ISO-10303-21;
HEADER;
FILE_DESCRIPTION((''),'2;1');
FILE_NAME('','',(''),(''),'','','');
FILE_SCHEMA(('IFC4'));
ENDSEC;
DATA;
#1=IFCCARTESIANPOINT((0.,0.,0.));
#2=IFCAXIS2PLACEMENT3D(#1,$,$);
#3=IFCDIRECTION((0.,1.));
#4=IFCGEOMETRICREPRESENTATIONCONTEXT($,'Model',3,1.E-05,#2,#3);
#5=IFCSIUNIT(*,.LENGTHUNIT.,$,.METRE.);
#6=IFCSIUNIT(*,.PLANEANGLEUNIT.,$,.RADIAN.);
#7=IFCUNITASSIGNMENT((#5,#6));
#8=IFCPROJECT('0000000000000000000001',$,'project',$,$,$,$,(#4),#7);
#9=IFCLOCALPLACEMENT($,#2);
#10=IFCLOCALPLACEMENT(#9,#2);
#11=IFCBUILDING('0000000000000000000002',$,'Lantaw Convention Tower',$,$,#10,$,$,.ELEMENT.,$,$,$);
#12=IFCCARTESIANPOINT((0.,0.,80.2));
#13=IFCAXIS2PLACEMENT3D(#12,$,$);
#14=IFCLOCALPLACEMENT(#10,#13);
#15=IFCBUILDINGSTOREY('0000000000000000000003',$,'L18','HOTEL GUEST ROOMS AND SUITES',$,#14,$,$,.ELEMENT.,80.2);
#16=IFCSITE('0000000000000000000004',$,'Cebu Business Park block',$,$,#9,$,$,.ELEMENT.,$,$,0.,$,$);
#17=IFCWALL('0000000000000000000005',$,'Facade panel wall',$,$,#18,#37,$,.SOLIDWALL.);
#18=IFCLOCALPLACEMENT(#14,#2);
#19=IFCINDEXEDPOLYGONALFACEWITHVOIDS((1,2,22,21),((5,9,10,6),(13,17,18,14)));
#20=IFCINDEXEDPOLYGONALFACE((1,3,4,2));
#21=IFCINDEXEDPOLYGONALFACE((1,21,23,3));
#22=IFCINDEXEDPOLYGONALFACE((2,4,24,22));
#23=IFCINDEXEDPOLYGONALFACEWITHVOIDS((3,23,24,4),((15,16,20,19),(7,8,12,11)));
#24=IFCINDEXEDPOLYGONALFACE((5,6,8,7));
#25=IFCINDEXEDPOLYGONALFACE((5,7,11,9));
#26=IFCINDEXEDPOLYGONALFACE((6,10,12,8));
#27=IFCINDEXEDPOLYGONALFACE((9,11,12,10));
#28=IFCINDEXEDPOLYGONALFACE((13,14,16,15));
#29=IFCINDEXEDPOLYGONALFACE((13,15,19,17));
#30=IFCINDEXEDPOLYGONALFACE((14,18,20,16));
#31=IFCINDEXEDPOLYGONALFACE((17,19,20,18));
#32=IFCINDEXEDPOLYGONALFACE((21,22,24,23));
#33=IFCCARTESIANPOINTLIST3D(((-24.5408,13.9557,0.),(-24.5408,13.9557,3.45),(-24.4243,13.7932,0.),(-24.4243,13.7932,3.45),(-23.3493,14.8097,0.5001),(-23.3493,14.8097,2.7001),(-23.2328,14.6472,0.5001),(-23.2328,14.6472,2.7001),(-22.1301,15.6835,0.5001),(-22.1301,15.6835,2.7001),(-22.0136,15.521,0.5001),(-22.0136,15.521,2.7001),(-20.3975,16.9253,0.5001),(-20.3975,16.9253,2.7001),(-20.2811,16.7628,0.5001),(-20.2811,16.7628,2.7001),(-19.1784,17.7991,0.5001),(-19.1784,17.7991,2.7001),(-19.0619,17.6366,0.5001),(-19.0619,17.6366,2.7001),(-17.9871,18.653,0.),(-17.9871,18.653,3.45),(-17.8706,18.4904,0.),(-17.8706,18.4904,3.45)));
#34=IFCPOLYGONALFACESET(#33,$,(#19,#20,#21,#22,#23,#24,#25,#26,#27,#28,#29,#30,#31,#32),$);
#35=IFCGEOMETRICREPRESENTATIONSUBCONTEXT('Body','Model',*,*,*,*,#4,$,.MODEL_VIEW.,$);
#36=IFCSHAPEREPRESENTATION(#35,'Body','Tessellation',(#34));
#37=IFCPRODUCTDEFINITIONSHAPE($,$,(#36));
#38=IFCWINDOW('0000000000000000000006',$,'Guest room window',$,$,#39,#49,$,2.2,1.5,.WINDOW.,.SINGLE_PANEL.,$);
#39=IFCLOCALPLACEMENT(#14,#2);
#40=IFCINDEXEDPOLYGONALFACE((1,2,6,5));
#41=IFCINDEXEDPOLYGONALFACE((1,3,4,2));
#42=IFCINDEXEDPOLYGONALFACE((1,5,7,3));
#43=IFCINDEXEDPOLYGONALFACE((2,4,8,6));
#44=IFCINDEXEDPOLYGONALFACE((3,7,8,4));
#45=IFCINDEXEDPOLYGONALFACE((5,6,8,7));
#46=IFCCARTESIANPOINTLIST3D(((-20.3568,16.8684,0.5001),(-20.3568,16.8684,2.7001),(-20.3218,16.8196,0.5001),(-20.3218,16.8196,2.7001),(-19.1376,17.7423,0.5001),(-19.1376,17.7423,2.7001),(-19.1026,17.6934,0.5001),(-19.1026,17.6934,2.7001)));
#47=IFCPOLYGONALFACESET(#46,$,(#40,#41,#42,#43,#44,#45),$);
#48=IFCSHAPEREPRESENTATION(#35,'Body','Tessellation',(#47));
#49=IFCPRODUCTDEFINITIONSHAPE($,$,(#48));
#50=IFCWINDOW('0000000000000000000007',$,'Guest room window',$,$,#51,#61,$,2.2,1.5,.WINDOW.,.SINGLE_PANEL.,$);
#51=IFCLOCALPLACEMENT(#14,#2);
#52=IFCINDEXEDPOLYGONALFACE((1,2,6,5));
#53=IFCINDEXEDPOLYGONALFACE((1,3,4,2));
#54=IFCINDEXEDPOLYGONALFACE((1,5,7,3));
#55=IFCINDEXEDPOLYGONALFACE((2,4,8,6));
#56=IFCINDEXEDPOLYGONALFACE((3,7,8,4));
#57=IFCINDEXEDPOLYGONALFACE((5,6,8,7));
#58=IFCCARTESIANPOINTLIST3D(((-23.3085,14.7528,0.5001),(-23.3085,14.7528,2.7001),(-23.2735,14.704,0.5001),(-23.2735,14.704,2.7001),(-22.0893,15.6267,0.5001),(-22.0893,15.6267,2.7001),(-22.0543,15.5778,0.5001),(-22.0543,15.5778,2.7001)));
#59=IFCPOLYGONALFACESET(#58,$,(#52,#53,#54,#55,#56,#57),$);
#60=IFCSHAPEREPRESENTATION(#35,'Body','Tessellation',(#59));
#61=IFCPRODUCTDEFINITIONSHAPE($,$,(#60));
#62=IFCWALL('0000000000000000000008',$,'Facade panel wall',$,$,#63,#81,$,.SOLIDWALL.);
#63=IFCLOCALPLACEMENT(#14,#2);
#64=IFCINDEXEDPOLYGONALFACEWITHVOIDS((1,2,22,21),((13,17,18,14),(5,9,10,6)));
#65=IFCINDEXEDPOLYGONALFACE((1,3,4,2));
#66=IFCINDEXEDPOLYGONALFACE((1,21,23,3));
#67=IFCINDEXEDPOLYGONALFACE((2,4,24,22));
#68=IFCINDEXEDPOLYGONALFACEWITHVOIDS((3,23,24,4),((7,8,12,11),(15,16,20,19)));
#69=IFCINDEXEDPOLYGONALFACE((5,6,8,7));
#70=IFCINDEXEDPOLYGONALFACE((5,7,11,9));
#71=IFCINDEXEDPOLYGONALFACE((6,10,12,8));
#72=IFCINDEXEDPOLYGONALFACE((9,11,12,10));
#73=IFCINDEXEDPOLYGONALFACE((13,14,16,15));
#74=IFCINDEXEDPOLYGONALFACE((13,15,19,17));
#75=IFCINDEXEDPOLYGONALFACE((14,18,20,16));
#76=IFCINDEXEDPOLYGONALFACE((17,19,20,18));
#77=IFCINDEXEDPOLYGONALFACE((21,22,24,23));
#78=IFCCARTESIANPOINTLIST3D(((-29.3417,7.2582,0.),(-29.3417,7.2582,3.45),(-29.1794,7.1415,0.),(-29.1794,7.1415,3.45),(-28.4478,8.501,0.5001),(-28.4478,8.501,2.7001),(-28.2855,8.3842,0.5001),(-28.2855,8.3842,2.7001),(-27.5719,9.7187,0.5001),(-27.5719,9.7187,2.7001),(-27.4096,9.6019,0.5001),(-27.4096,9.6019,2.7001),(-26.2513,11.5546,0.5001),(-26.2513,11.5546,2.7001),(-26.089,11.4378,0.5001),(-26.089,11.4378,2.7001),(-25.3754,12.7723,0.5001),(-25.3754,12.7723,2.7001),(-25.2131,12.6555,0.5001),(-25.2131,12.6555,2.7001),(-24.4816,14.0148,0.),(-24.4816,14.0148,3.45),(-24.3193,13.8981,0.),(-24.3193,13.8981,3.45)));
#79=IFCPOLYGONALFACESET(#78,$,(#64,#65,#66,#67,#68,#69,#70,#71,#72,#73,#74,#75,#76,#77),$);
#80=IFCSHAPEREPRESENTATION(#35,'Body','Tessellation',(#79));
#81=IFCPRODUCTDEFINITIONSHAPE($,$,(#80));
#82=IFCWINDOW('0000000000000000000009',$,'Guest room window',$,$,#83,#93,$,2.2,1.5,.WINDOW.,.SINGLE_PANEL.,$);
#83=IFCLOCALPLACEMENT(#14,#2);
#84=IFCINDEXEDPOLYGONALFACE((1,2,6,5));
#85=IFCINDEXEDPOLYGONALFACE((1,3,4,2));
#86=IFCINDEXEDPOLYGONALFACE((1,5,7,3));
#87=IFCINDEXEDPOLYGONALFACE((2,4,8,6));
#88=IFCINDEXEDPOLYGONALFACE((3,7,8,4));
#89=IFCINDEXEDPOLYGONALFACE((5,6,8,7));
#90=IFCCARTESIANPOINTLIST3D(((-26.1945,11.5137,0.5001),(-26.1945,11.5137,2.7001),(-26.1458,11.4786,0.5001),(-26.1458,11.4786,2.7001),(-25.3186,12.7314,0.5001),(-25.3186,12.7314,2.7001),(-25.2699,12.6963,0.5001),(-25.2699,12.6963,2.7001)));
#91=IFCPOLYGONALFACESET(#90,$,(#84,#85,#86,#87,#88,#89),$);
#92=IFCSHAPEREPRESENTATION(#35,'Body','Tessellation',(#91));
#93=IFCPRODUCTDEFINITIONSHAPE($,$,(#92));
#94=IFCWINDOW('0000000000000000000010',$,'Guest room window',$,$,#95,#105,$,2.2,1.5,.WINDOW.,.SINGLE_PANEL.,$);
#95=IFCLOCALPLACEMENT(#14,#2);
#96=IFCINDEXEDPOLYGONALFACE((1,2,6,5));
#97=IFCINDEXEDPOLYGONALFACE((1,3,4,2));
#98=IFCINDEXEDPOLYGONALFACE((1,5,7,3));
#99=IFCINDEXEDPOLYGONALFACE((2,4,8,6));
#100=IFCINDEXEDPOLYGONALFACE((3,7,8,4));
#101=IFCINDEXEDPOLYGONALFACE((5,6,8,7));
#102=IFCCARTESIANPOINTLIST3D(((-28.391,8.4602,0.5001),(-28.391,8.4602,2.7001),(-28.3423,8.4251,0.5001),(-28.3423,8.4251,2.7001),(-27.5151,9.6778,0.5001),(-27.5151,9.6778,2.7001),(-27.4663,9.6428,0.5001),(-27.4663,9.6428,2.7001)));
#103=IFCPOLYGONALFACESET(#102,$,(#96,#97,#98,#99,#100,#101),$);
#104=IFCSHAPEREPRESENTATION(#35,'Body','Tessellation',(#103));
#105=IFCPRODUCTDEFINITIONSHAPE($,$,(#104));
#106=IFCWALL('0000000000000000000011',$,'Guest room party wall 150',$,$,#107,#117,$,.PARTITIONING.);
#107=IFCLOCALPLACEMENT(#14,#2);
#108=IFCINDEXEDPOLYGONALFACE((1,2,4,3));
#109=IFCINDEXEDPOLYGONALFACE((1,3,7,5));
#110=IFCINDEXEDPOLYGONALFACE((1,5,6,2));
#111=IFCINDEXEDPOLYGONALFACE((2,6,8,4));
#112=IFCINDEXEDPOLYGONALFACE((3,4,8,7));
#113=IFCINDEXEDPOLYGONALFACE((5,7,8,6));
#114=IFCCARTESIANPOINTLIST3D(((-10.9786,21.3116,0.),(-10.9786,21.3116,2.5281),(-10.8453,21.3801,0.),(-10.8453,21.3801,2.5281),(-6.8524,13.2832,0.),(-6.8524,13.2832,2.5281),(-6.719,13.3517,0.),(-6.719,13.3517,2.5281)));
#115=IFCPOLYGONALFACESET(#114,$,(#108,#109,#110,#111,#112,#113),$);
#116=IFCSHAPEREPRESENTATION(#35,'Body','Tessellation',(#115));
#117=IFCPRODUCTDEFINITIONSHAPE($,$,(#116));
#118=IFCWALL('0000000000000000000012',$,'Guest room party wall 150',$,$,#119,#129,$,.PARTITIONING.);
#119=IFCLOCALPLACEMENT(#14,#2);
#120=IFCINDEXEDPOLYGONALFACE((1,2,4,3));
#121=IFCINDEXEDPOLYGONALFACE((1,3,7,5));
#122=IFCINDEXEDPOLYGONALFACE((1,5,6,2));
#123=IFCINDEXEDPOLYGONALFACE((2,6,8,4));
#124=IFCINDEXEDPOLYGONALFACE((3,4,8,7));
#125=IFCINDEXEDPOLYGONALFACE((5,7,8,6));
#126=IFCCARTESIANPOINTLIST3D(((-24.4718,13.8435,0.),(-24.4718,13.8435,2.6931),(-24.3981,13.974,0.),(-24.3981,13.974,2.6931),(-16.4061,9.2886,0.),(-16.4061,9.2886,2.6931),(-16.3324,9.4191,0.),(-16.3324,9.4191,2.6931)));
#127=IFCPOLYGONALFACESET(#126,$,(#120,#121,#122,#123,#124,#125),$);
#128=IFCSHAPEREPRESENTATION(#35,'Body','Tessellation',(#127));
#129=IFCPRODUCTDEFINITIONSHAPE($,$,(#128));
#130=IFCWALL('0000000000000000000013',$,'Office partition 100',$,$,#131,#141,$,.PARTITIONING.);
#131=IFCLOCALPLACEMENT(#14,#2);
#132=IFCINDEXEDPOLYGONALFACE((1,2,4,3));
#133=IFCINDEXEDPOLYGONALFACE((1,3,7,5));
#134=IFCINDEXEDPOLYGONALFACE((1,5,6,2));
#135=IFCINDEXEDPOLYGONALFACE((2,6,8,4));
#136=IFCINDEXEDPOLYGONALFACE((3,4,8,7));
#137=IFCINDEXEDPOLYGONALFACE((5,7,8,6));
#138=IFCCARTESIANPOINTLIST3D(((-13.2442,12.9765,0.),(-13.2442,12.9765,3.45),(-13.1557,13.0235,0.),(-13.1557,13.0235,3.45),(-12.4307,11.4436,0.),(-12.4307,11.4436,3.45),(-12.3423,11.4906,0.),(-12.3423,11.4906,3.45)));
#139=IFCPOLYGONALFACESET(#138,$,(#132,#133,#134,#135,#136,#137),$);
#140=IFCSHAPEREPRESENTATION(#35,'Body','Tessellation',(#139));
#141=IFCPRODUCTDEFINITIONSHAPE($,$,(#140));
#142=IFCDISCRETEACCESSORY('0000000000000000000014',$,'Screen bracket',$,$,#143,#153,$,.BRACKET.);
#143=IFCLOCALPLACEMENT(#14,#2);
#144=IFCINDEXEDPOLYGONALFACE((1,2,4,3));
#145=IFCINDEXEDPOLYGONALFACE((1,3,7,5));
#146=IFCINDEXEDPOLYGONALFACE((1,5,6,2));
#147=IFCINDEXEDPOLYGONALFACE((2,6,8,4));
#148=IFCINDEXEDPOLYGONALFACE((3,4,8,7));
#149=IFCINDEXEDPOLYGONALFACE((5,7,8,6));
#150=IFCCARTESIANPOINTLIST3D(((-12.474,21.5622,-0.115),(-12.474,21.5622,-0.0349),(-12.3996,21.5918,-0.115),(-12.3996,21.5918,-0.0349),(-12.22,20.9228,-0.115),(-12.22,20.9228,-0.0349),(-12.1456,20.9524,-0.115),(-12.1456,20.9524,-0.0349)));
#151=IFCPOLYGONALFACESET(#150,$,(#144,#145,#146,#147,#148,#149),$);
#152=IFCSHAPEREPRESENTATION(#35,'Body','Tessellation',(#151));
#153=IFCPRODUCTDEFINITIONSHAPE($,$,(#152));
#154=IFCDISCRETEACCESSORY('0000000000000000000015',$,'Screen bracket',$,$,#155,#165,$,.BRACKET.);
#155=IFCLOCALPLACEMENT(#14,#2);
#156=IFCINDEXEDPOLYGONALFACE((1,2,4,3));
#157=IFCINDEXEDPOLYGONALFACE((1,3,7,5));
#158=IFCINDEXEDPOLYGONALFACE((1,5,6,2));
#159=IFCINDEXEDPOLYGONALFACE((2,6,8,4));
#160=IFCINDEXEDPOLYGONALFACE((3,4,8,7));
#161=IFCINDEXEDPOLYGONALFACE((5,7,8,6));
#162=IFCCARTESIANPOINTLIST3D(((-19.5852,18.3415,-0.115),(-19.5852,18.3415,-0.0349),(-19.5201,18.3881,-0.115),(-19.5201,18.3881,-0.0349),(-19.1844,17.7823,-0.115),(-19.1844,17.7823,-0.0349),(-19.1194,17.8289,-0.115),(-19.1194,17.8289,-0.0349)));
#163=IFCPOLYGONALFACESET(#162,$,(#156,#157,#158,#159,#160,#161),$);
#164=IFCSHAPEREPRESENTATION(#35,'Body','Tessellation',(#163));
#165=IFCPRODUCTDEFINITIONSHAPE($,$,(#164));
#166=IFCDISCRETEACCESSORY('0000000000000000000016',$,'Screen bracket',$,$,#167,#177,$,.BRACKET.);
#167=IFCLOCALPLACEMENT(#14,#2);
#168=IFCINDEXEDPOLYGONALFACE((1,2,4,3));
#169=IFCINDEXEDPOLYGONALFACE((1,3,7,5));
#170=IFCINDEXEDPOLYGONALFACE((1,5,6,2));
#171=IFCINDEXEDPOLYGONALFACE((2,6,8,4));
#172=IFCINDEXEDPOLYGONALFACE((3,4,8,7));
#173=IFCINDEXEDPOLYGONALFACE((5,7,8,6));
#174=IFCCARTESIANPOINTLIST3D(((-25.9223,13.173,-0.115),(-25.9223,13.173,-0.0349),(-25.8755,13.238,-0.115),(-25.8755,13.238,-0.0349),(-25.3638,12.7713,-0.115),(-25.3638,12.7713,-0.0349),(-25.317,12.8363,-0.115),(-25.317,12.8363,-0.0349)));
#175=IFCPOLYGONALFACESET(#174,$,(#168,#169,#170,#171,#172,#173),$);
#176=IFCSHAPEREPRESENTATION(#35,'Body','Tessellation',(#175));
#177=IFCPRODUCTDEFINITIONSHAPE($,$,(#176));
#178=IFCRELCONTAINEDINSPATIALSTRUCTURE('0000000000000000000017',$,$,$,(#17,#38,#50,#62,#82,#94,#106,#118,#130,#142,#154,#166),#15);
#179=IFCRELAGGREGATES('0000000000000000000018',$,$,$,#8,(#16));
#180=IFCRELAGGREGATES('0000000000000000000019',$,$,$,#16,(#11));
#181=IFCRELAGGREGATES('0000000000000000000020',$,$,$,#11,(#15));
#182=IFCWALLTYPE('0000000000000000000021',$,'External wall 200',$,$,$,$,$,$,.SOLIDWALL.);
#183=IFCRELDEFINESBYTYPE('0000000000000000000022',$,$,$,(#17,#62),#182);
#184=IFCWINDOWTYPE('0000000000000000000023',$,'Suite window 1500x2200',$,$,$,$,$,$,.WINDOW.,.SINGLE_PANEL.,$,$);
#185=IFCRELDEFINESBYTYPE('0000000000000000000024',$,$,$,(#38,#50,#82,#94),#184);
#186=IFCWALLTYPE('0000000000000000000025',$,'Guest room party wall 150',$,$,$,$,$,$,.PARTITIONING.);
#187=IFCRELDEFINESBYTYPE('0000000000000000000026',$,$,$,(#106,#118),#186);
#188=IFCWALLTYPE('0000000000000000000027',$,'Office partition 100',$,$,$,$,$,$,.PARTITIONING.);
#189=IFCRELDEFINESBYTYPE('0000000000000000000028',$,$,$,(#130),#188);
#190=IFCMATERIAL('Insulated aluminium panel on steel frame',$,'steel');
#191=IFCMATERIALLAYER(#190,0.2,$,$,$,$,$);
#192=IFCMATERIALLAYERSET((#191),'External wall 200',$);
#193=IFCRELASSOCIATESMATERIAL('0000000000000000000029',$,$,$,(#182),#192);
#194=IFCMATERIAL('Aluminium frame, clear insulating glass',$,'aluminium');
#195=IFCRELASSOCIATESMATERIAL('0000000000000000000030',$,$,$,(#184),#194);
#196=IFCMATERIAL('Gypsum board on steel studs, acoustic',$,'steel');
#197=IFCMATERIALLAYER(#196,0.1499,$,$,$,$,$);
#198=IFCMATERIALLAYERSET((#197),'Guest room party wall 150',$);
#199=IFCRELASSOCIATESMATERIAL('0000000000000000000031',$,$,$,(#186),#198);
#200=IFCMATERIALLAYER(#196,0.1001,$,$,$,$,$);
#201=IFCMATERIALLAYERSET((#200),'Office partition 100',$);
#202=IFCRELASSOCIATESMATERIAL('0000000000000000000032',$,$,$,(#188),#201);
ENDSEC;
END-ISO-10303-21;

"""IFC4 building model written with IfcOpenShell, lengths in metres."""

from ifc_helpers import new_model, si_unit, direction, frame, frame_2d, origin, origin_2d, place, context, subcontext, project, spatial, rectangle, extrude, material, layer, layer_set, type_object, element, fill, save


model = new_model("IFC4")

# Units and contexts
model_context = context("Model", 3, precision=1e-05, world=origin(), true_north=direction((0.0, 1.0)))
body_context = subcontext(model_context, "Body", "Model", "MODEL_VIEW")
ifc_project = project(units=[si_unit("LENGTHUNIT", "METRE"), si_unit("PLANEANGLEUNIT", "RADIAN")], contexts=[model_context])

# Site, building, storey
site_placement = place(None, origin())
site = spatial("IfcSite", under=ifc_project, at=site_placement, Name="Cebu Business Park block", CompositionType="ELEMENT", RefElevation=0.0)
building_placement = place(site_placement, origin())
building = spatial("IfcBuilding", under=site, at=building_placement, Name="Lantaw Convention Tower", CompositionType="ELEMENT")
storey_placement = place(building_placement, frame((0.0, 0.0, 80.2)))
storey = spatial("IfcBuildingStorey", under=building, at=storey_placement, Name="L18", Description="HOTEL GUEST ROOMS AND SUITES", CompositionType="ELEMENT", Elevation=80.2)

# Walls, openings, windows
ifc_material_1 = material(Name="Insulated aluminium panel on steel frame", Category="steel")
ifc_layer_1 = layer(ifc_material_1, 0.2)
ifc_layer_set_1 = layer_set([ifc_layer_1], Name="External wall 200")
wall_type_1 = type_object("IfcWallType", Name="External wall 200", PredefinedType="SOLIDWALL", material=ifc_layer_set_1)
ifc_material_2 = material(Name="Aluminium frame, clear insulating glass", Category="aluminium")
window_type = type_object("IfcWindowType", Name="Suite window 1500x2200", PartitioningType="SINGLE_PANEL", PredefinedType="WINDOW", material=ifc_material_2)
wall_1_placement = place(storey_placement, frame((-17.9287, 18.5718, 0.0), z_axis=(0.0, 0.0, 1.0), x_axis=(-0.812791, -0.582555, 0.0)))
wall_1 = element("IfcWall", 1, at=wall_1_placement, inside=storey, type_object=wall_type_1, Name="Facade panel wall", PredefinedType="SOLIDWALL", context=body_context, shape_type="SweptSolid", body=[
    extrude(rectangle(XDim=8.0632, YDim=0.2, at=frame_2d((4.0317, 0.0))), origin(), (0.0, 0.0, 1.0), 3.45),
])
opening_1_placement = place(wall_1_placement, frame((1.4658, 0.0, 0.5)))
opening_1 = element("IfcOpeningElement", 2, at=opening_1_placement, cuts=wall_1, PredefinedType="OPENING", context=body_context, shape_type="SweptSolid", body=[
    extrude(rectangle(XDim=1.5, YDim=2.2, at=frame_2d((0.75, 1.1001))), frame((0.0, 0.1099, 0.0), z_axis=(0.0, -1.0, 0.0), x_axis=(1.0, 0.0, 0.0)), (0.0, 0.0, 1.0), 0.22),
])
opening_2_placement = place(wall_1_placement, frame((5.0974, 0.0, 0.5)))
opening_2 = element("IfcOpeningElement", 3, at=opening_2_placement, cuts=wall_1, PredefinedType="OPENING", context=body_context, shape_type="SweptSolid", body=[
    extrude(rectangle(XDim=1.5, YDim=2.2, at=frame_2d((0.75, 1.1001))), frame((0.0, 0.1099, 0.0), z_axis=(0.0, -1.0, 0.0), x_axis=(1.0, 0.0, 0.0)), (0.0, 0.0, 1.0), 0.22),
])
window_1_placement = place(opening_1_placement, origin())
window_1 = element("IfcWindow", 4, at=window_1_placement, inside=storey, type_object=window_type, Name="Guest room window", OverallHeight=2.2, OverallWidth=1.5, PartitioningType="SINGLE_PANEL", PredefinedType="WINDOW", context=body_context, shape_type="SweptSolid", body=[
    extrude(rectangle(XDim=1.5, YDim=2.2, at=frame_2d((0.75, 1.1001))), frame((0.0, 0.03, 0.0), z_axis=(0.0, -1.0, 0.0), x_axis=(1.0, 0.0, 0.0)), (0.0, 0.0, 1.0), 0.0601),
])
fill(opening_1, window_1)
window_2_placement = place(opening_2_placement, origin())
window_2 = element("IfcWindow", 5, at=window_2_placement, inside=storey, type_object=window_type, Name="Guest room window", OverallHeight=2.2, OverallWidth=1.5, PartitioningType="SINGLE_PANEL", PredefinedType="WINDOW", context=body_context, shape_type="SweptSolid", body=[
    extrude(rectangle(XDim=1.5, YDim=2.2, at=frame_2d((0.75, 1.1001))), frame((0.0, 0.03, 0.0), z_axis=(0.0, -1.0, 0.0), x_axis=(1.0, 0.0, 0.0)), (0.0, 0.0, 1.0), 0.0601),
])
fill(opening_2, window_2)
wall_2_placement = place(storey_placement, frame((-24.4004, 13.9565, 0.0), z_axis=(0.0, 0.0, 1.0), x_axis=(-0.583938, -0.811799, 0.0)))
wall_2 = element("IfcWall", 6, at=wall_2_placement, inside=storey, type_object=wall_type_1, Name="Facade panel wall", PredefinedType="SOLIDWALL", context=body_context, shape_type="SweptSolid", body=[
    extrude(rectangle(XDim=8.323, YDim=0.2, at=frame_2d((4.1616, 0.0))), origin(), (0.0, 0.0, 1.0), 3.45),
])
opening_3_placement = place(wall_2_placement, frame((1.5308, 0.0, 0.5)))
opening_3 = element("IfcOpeningElement", 7, at=opening_3_placement, cuts=wall_2, PredefinedType="OPENING", context=body_context, shape_type="SweptSolid", body=[
    extrude(rectangle(XDim=1.5, YDim=2.2, at=frame_2d((0.75, 1.1001))), frame((0.0, 0.1099, 0.0), z_axis=(0.0, -1.0, 0.0), x_axis=(1.0, 0.0, 0.0)), (0.0, 0.0, 1.0), 0.22),
])
opening_4_placement = place(wall_2_placement, frame((5.2922, 0.0, 0.5)))
opening_4 = element("IfcOpeningElement", 8, at=opening_4_placement, cuts=wall_2, PredefinedType="OPENING", context=body_context, shape_type="SweptSolid", body=[
    extrude(rectangle(XDim=1.5, YDim=2.2, at=frame_2d((0.75, 1.1001))), frame((0.0, 0.1099, 0.0), z_axis=(0.0, -1.0, 0.0), x_axis=(1.0, 0.0, 0.0)), (0.0, 0.0, 1.0), 0.22),
])
window_3_placement = place(opening_3_placement, origin())
window_3 = element("IfcWindow", 9, at=window_3_placement, inside=storey, type_object=window_type, Name="Guest room window", OverallHeight=2.2, OverallWidth=1.5, PartitioningType="SINGLE_PANEL", PredefinedType="WINDOW", context=body_context, shape_type="SweptSolid", body=[
    extrude(rectangle(XDim=1.5, YDim=2.2, at=frame_2d((0.75, 1.1001))), frame((0.0, 0.03, 0.0), z_axis=(0.0, -1.0, 0.0), x_axis=(1.0, 0.0, 0.0)), (0.0, 0.0, 1.0), 0.0601),
])
fill(opening_3, window_3)
window_4_placement = place(opening_4_placement, origin())
window_4 = element("IfcWindow", 10, at=window_4_placement, inside=storey, type_object=window_type, Name="Guest room window", OverallHeight=2.2, OverallWidth=1.5, PartitioningType="SINGLE_PANEL", PredefinedType="WINDOW", context=body_context, shape_type="SweptSolid", body=[
    extrude(rectangle(XDim=1.5, YDim=2.2, at=frame_2d((0.75, 1.1001))), frame((0.0, 0.03, 0.0), z_axis=(0.0, -1.0, 0.0), x_axis=(1.0, 0.0, 0.0)), (0.0, 0.0, 1.0), 0.0601),
])
fill(opening_4, window_4)

# Walls
ifc_material_3 = material(Name="Gypsum board on steel studs, acoustic", Category="steel")
ifc_layer_2 = layer(ifc_material_3, 0.1499)
ifc_layer_set_2 = layer_set([ifc_layer_2], Name="Guest room party wall 150")
wall_type_2 = type_object("IfcWallType", Name="Guest room party wall 150", PredefinedType="PARTITIONING", material=ifc_layer_set_2)
wall_3_placement = place(storey_placement, frame((-10.9119, 21.3457, 0.0), z_axis=(0.0, 0.0, 1.0), x_axis=(0.457118, -0.889406, 0.0)))
element("IfcWall", 11, at=wall_3_placement, inside=storey, type_object=wall_type_2, Name="Guest room party wall 150", PredefinedType="PARTITIONING", context=body_context, shape_type="SweptSolid", body=[
    extrude(rectangle(XDim=9.0266, YDim=0.1499, at=frame_2d((4.5132, 0.0))), origin(), (0.0, 0.0, 1.0), 2.5281),
])
wall_4_placement = place(storey_placement, frame((-24.4348, 13.9087, 0.0), z_axis=(0.0, 0.0, 1.0), x_axis=(0.870744, -0.491736, 0.0)))
element("IfcWall", 12, at=wall_4_placement, inside=storey, type_object=wall_type_2, Name="Guest room party wall 150", PredefinedType="PARTITIONING", context=body_context, shape_type="SweptSolid", body=[
    extrude(rectangle(XDim=9.2629, YDim=0.1499, at=frame_2d((4.6313, 0.0))), origin(), (0.0, 0.0, 1.0), 2.6931),
])
ifc_layer_3 = layer(ifc_material_3, 0.1001)
ifc_layer_set_3 = layer_set([ifc_layer_3], Name="Office partition 100")
wall_type_3 = type_object("IfcWallType", Name="Office partition 100", PredefinedType="PARTITIONING", material=ifc_layer_set_3)
wall_5_placement = place(storey_placement, frame((-13.2, 13.0, 0.0), z_axis=(0.0, 0.0, 1.0), x_axis=(0.468747, -0.883332, 0.0)))
element("IfcWall", 13, at=wall_5_placement, inside=storey, type_object=wall_type_3, Name="Office partition 100", PredefinedType="PARTITIONING", context=body_context, shape_type="SweptSolid", body=[
    extrude(rectangle(XDim=1.7354, YDim=0.1001, at=frame_2d((0.8677, 0.0))), origin(), (0.0, 0.0, 1.0), 3.45),
])

# Discrete accessories
for number, where, z_axis, x_axis, name in (
    (14, (-12.3098, 21.2573, -0.115), (0.0, 0.0, 1.0), (-0.929361, -0.369172, 0.0), "Screen bracket"),
    (15, (-19.3523, 18.0852, -0.115), (0.0, 0.0, 1.0), (-0.812804, -0.582538, 0.0), "Screen bracket"),
    (16, (-25.6196, 13.0046, -0.115), (0.0, 0.0, 1.0), (-0.583951, -0.811789, 0.0), "Screen bracket"),
):
    element("IfcDiscreteAccessory", number, at=place(storey_placement, frame(where, z_axis=z_axis, x_axis=x_axis)), inside=storey, Name=name, PredefinedType="BRACKET", context=body_context, shape_type="SweptSolid", body=[
        extrude(rectangle(XDim=0.0801, YDim=0.688, at=origin_2d()), origin(), (0.0, 0.0, 1.0), 0.0801),
    ])

save(model, "model.ifc")
